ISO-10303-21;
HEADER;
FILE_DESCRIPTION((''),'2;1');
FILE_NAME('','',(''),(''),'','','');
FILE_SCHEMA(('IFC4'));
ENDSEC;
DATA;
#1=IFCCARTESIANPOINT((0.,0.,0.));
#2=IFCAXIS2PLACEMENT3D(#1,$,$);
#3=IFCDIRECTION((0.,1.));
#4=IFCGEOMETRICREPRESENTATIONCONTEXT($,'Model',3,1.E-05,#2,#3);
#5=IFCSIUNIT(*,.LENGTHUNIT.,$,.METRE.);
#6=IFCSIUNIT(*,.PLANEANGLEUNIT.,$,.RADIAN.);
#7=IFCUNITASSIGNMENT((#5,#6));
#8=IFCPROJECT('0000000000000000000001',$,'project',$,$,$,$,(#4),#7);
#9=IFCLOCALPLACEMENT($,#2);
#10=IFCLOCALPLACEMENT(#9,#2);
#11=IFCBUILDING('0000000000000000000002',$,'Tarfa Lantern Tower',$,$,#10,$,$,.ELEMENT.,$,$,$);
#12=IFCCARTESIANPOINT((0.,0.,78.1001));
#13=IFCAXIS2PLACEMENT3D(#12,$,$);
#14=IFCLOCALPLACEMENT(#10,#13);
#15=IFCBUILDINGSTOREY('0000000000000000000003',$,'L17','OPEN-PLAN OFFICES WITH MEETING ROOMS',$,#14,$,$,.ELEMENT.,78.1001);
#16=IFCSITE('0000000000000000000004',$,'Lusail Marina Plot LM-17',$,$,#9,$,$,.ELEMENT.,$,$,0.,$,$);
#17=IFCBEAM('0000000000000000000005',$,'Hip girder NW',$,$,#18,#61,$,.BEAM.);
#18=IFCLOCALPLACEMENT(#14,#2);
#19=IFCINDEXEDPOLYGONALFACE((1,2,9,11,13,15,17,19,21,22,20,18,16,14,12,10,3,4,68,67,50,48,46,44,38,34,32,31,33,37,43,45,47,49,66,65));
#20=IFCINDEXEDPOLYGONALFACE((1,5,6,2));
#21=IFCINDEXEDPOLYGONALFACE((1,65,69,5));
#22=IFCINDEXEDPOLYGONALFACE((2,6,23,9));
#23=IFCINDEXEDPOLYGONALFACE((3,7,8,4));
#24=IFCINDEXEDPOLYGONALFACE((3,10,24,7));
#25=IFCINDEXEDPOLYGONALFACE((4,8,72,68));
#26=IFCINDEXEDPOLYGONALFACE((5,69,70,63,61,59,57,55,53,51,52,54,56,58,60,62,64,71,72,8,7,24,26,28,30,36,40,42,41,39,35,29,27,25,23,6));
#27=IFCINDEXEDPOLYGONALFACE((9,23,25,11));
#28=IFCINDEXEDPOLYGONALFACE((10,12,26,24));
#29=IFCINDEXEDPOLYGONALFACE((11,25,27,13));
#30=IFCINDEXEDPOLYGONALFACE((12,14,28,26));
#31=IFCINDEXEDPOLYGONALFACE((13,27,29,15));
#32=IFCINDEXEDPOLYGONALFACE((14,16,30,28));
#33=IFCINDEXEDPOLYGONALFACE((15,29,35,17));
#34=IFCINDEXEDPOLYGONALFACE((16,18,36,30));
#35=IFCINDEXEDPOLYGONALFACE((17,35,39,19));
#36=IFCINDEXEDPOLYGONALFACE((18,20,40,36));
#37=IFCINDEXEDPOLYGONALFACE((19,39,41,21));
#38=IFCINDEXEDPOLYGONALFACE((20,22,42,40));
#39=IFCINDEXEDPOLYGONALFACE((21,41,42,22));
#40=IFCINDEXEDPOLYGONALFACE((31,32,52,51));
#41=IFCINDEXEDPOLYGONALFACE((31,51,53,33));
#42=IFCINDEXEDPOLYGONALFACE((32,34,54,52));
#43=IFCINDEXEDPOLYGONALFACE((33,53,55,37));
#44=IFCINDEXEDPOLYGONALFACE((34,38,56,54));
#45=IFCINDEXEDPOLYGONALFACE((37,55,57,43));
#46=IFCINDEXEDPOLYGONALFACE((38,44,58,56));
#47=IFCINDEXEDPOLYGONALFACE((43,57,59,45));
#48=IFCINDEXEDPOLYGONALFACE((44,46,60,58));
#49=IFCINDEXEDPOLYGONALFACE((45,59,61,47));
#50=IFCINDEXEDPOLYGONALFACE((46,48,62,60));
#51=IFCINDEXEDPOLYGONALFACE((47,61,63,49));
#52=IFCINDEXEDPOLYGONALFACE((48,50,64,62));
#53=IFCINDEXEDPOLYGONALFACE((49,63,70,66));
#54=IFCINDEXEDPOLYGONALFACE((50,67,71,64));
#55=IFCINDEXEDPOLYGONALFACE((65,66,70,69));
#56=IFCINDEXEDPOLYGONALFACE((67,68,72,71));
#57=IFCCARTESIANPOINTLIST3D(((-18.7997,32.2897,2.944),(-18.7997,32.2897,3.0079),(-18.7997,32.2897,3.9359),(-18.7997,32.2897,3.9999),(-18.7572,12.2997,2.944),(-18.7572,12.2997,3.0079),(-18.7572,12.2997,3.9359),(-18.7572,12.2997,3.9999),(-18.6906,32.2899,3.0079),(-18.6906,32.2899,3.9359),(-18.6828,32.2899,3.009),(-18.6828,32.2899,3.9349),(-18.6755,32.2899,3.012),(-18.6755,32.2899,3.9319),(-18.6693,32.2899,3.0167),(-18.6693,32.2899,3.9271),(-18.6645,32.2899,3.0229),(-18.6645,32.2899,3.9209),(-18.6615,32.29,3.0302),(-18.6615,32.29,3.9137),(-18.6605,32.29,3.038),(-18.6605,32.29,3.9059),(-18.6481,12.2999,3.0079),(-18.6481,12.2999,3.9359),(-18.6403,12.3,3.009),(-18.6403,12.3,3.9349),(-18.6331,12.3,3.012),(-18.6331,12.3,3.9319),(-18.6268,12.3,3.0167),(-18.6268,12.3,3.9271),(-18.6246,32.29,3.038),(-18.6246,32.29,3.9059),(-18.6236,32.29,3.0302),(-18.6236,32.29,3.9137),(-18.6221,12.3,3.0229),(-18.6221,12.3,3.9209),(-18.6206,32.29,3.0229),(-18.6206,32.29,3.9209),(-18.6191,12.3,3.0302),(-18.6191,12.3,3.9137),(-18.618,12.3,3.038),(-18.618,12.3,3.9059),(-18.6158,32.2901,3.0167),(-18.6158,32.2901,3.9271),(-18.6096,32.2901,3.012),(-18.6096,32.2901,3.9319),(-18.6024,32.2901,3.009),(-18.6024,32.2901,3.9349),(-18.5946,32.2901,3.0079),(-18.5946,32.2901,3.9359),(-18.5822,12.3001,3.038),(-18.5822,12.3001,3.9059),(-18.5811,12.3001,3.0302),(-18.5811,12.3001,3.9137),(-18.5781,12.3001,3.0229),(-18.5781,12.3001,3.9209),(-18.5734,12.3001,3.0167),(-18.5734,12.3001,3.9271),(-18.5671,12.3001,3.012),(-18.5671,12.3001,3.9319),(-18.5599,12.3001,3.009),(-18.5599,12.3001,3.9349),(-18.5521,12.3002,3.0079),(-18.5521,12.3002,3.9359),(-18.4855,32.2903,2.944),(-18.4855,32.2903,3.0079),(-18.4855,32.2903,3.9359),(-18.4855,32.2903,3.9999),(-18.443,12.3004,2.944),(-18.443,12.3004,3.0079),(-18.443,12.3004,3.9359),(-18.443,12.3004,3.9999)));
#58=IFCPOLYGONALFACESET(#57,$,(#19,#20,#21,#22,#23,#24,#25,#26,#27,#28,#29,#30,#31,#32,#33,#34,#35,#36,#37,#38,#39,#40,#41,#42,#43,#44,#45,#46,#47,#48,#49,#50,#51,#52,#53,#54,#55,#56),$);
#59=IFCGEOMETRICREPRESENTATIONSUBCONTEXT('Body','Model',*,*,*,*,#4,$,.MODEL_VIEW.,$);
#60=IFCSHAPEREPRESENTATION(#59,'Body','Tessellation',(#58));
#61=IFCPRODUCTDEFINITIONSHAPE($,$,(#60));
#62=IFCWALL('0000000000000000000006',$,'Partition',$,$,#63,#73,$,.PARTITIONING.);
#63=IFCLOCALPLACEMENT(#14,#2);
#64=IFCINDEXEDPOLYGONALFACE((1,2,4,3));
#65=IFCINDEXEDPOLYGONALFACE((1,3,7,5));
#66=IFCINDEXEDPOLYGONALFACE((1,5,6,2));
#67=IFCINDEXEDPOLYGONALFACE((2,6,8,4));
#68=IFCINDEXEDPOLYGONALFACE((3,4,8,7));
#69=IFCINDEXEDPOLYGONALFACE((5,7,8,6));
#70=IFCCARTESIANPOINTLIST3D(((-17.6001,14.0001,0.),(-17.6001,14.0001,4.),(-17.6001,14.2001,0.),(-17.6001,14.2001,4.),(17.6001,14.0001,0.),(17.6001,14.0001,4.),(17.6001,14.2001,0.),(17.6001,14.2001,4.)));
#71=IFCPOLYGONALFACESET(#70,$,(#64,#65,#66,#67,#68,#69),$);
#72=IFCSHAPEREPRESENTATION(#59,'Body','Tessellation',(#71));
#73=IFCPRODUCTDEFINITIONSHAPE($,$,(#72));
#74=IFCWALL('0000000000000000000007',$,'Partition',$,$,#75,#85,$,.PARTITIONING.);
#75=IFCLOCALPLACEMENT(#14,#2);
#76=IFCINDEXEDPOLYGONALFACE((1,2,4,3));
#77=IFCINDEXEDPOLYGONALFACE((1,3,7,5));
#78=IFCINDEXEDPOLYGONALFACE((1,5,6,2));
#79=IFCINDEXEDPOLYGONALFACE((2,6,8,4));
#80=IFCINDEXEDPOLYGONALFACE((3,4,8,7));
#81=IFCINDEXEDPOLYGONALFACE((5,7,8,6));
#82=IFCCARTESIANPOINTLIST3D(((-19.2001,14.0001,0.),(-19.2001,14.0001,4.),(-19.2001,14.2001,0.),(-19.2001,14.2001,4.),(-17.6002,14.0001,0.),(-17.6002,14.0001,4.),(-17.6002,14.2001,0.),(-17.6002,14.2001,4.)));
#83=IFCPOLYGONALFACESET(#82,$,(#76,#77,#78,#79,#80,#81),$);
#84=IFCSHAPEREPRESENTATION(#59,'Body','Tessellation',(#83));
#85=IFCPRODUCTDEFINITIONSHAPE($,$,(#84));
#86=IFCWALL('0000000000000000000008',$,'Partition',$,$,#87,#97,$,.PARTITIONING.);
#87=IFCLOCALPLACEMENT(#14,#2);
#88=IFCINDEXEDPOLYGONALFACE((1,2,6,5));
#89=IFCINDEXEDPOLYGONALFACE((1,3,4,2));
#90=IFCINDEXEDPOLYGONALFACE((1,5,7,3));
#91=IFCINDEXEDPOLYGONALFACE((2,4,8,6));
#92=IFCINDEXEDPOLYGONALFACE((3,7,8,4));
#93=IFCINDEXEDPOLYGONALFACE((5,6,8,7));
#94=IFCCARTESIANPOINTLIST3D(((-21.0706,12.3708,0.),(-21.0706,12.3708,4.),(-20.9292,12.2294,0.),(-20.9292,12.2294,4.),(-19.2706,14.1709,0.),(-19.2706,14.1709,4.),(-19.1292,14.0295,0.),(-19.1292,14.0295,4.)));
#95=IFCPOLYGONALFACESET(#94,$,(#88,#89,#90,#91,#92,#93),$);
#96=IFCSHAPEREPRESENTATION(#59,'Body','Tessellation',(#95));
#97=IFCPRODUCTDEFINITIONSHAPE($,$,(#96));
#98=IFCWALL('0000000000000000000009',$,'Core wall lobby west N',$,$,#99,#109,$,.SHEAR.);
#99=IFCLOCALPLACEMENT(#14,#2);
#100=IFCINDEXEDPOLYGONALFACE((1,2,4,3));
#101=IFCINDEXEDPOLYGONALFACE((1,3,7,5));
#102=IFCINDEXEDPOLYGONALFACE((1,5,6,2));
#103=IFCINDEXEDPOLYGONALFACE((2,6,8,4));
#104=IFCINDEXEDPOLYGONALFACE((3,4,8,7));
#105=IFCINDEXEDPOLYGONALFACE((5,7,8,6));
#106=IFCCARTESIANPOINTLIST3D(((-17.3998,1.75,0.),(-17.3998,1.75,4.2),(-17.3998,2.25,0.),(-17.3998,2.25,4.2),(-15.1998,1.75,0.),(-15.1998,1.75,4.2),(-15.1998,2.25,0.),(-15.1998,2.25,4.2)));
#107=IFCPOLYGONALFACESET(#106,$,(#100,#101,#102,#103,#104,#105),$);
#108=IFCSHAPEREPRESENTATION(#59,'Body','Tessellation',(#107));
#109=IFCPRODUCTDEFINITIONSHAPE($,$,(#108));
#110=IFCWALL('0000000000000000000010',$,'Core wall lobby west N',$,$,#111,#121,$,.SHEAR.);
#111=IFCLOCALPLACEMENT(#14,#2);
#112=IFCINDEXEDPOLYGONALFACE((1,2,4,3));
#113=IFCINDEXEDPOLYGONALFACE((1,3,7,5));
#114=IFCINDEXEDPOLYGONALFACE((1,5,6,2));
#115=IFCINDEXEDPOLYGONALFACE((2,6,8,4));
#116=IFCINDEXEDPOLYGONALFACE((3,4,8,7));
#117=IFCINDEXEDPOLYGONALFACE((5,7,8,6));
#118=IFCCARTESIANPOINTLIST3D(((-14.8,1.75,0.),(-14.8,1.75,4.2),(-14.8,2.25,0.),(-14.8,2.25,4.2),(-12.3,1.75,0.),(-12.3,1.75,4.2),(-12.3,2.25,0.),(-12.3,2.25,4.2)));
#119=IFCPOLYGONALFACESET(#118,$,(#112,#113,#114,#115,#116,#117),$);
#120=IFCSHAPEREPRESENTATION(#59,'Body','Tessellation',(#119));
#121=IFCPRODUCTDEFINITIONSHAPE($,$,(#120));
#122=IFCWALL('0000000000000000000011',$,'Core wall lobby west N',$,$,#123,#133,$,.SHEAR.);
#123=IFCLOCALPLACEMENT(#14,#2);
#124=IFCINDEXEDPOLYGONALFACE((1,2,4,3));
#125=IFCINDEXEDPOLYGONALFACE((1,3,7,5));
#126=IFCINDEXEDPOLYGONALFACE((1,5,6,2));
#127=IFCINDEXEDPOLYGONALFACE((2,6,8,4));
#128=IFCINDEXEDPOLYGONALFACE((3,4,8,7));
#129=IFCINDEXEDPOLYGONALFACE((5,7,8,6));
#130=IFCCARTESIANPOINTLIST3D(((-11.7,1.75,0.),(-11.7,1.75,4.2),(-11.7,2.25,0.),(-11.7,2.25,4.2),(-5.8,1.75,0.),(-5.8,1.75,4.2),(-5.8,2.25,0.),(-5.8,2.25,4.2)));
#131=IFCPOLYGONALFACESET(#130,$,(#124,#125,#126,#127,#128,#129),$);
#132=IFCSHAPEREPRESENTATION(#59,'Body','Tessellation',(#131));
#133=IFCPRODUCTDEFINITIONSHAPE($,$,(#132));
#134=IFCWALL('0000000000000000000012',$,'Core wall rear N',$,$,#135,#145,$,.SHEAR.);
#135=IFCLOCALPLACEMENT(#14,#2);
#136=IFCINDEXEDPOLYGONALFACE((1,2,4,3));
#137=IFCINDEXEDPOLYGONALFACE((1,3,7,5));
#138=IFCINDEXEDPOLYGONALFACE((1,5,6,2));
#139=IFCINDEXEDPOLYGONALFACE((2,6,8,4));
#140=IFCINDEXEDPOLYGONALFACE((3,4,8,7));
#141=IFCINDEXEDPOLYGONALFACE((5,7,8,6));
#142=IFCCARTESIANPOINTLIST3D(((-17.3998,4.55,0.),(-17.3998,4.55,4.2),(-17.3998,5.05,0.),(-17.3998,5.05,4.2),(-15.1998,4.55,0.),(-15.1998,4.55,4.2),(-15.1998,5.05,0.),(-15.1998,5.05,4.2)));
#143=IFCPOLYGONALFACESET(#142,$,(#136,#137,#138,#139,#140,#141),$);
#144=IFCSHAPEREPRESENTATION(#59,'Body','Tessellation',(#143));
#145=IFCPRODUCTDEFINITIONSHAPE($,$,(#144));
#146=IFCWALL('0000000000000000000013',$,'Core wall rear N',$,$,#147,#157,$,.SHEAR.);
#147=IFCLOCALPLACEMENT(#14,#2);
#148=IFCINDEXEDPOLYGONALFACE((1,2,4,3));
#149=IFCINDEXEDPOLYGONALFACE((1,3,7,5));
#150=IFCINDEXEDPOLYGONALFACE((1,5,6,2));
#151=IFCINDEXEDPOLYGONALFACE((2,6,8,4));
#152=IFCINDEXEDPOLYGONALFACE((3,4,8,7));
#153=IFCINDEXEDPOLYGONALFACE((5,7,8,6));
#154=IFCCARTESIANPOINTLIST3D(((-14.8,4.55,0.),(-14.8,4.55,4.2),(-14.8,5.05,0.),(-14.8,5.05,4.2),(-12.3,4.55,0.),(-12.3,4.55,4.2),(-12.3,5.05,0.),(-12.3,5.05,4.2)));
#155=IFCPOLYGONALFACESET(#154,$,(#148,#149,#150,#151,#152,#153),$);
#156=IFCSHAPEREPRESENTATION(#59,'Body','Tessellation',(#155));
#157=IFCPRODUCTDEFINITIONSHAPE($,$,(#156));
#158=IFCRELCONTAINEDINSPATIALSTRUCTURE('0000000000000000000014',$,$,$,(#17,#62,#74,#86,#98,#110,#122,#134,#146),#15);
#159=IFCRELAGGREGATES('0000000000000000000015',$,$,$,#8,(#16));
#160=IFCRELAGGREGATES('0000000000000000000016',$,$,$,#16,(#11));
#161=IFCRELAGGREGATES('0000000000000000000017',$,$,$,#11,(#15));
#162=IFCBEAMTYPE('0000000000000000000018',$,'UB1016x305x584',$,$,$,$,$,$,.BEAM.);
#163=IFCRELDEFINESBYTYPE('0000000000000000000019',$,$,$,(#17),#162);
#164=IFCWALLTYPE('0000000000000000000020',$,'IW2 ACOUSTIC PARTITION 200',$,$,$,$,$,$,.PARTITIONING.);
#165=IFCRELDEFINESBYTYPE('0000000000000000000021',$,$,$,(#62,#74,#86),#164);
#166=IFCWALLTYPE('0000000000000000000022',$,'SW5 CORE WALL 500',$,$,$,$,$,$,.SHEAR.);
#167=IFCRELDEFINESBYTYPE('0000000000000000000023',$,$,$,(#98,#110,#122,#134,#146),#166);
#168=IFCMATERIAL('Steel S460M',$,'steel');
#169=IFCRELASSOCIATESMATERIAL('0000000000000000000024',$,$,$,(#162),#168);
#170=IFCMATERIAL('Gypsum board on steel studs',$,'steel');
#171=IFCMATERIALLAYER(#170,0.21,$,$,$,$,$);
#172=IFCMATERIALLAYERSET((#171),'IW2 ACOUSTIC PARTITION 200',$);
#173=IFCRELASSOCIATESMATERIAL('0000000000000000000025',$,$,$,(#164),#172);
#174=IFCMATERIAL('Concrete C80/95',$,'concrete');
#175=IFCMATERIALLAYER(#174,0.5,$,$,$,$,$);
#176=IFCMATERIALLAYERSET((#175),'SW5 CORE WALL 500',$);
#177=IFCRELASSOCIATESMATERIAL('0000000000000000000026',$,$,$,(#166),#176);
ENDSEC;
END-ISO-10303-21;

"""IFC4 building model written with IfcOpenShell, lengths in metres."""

from ifc_helpers import new_model, si_unit, direction, frame, frame_2d, origin, origin_2d, place, context, subcontext, project, spatial, rectangle, i_section, extrude, material, layer, layer_set, material_profile, profile_set, type_object, element, save


model = new_model("IFC4")

# Units and contexts
model_context = context("Model", 3, precision=1e-05, world=origin(), true_north=direction((0.0, 1.0)))
body_context = subcontext(model_context, "Body", "Model", "MODEL_VIEW")
ifc_project = project(units=[si_unit("LENGTHUNIT", "METRE"), si_unit("PLANEANGLEUNIT", "RADIAN")], contexts=[model_context])

# Site, building, storey
site_placement = place(None, origin())
site = spatial("IfcSite", under=ifc_project, at=site_placement, Name="Lusail Marina Plot LM-17", CompositionType="ELEMENT", RefElevation=0.0)
building_placement = place(site_placement, origin())
building = spatial("IfcBuilding", under=site, at=building_placement, Name="Tarfa Lantern Tower", CompositionType="ELEMENT")
storey_placement = place(building_placement, frame((0.0, 0.0, 78.1001)))
storey = spatial("IfcBuildingStorey", under=building, at=storey_placement, Name="L17", Description="OPEN-PLAN OFFICES WITH MEETING ROOMS", CompositionType="ELEMENT", Elevation=78.1001)

# Beam
ifc_material_1 = material(Name="Steel S460M", Category="steel")
ifc_material_profile = material_profile(ifc_material_1, i_section(OverallWidth=0.3142, OverallDepth=1.0559, WebThickness=0.0359, FlangeThickness=0.064, FilletRadius=0.03, at=origin_2d()), Name="UB1016x305x584")
ifc_profile_set = profile_set([ifc_material_profile], Name="Steel S460M")
beam_type = type_object("IfcBeamType", Name="UB1016x305x584", PredefinedType="BEAM", material=ifc_profile_set)
beam_placement = place(storey_placement, frame((-18.6001, 12.3, 3.4719), z_axis=(-0.002125, 0.999998, 0.0), x_axis=(-0.999998, -0.002125, 0.0)))
element("IfcBeam", 1, at=beam_placement, inside=storey, type_object=beam_type, Name="Hip girder NW", PredefinedType="BEAM", context=body_context, shape_type="SweptSolid", body=[
    extrude(i_section(OverallWidth=0.3142, OverallDepth=1.0559, WebThickness=0.0359, FlangeThickness=0.064, FilletRadius=0.03, at=origin_2d()), origin(), (0.0, 0.0, 1.0), 19.99),
])

# Walls
ifc_material_2 = material(Name="Gypsum board on steel studs", Category="steel")
ifc_layer_1 = layer(ifc_material_2, 0.21)
ifc_layer_set_1 = layer_set([ifc_layer_1], Name="IW2 ACOUSTIC PARTITION 200")
wall_type_1 = type_object("IfcWallType", Name="IW2 ACOUSTIC PARTITION 200", PredefinedType="PARTITIONING", material=ifc_layer_set_1)
wall_1_placement = place(storey_placement, frame((-17.6001, 14.1001, 0.0), z_axis=(0.0, 0.0, 1.0), x_axis=(1.0, 0.0, 0.0)))
element("IfcWall", 2, at=wall_1_placement, inside=storey, type_object=wall_type_1, Name="Partition", PredefinedType="PARTITIONING", context=body_context, shape_type="SweptSolid", body=[
    extrude(rectangle(XDim=35.2002, YDim=0.2, at=frame_2d((17.6001, 0.0))), origin(), (0.0, 0.0, 1.0), 4.0),
])
wall_2_placement = place(storey_placement, frame((-19.2, 14.1001, 0.0), z_axis=(0.0, 0.0, 1.0), x_axis=(1.0, 0.0, 0.0)))
element("IfcWall", 3, at=wall_2_placement, inside=storey, type_object=wall_type_1, Name="Partition", PredefinedType="PARTITIONING", context=body_context, shape_type="SweptSolid", body=[
    extrude(rectangle(XDim=1.5999, YDim=0.2, at=frame_2d((0.7998, 0.0))), origin(), (0.0, 0.0, 1.0), 4.0),
])
wall_3_placement = place(storey_placement, frame((-21.0, 12.3, 0.0), z_axis=(0.0, 0.0, 1.0), x_axis=(0.707107, 0.707107, 0.0)))
element("IfcWall", 4, at=wall_3_placement, inside=storey, type_object=wall_type_1, Name="Partition", PredefinedType="PARTITIONING", context=body_context, shape_type="SweptSolid", body=[
    extrude(rectangle(XDim=2.5457, YDim=0.2, at=frame_2d((1.2729, 0.0))), origin(), (0.0, 0.0, 1.0), 4.0),
])

# Shared definitions
ifc_material_3 = material(Name="Concrete C80/95", Category="concrete")

# Walls
ifc_layer_2 = layer(ifc_material_3, 0.5)
ifc_layer_set_2 = layer_set([ifc_layer_2], Name="SW5 CORE WALL 500")
wall_type_2 = type_object("IfcWallType", Name="SW5 CORE WALL 500", PredefinedType="SHEAR", material=ifc_layer_set_2)
wall_4_placement = place(storey_placement, frame((-17.3999, 2.0, 0.0), z_axis=(0.0, 0.0, 1.0), x_axis=(1.0, 0.0, 0.0)))
element("IfcWall", 5, at=wall_4_placement, inside=storey, type_object=wall_type_2, Name="Core wall lobby west N", PredefinedType="SHEAR", context=body_context, shape_type="SweptSolid", body=[
    extrude(rectangle(XDim=2.2, YDim=0.5, at=frame_2d((1.1001, 0.0))), origin(), (0.0, 0.0, 1.0), 4.2),
])
wall_5_placement = place(storey_placement, frame((-14.8, 2.0, 0.0), z_axis=(0.0, 0.0, 1.0), x_axis=(1.0, 0.0, 0.0)))
element("IfcWall", 6, at=wall_5_placement, inside=storey, type_object=wall_type_2, Name="Core wall lobby west N", PredefinedType="SHEAR", context=body_context, shape_type="SweptSolid", body=[
    extrude(rectangle(XDim=2.5, YDim=0.5, at=frame_2d((1.25, 0.0))), origin(), (0.0, 0.0, 1.0), 4.2),
])
wall_6_placement = place(storey_placement, frame((-11.7, 2.0, 0.0), z_axis=(0.0, 0.0, 1.0), x_axis=(1.0, 0.0, 0.0)))
element("IfcWall", 7, at=wall_6_placement, inside=storey, type_object=wall_type_2, Name="Core wall lobby west N", PredefinedType="SHEAR", context=body_context, shape_type="SweptSolid", body=[
    extrude(rectangle(XDim=5.8999, YDim=0.5, at=frame_2d((2.95, 0.0))), origin(), (0.0, 0.0, 1.0), 4.2),
])
wall_7_placement = place(storey_placement, frame((-17.3999, 4.8, 0.0), z_axis=(0.0, 0.0, 1.0), x_axis=(1.0, 0.0, 0.0)))
element("IfcWall", 8, at=wall_7_placement, inside=storey, type_object=wall_type_2, Name="Core wall rear N", PredefinedType="SHEAR", context=body_context, shape_type="SweptSolid", body=[
    extrude(rectangle(XDim=2.2, YDim=0.5, at=frame_2d((1.1001, 0.0))), origin(), (0.0, 0.0, 1.0), 4.2),
])
wall_8_placement = place(storey_placement, frame((-14.8, 4.8, 0.0), z_axis=(0.0, 0.0, 1.0), x_axis=(1.0, 0.0, 0.0)))
element("IfcWall", 9, at=wall_8_placement, inside=storey, type_object=wall_type_2, Name="Core wall rear N", PredefinedType="SHEAR", context=body_context, shape_type="SweptSolid", body=[
    extrude(rectangle(XDim=2.5, YDim=0.5, at=frame_2d((1.25, 0.0))), origin(), (0.0, 0.0, 1.0), 4.2),
])

save(model, "model.ifc")
